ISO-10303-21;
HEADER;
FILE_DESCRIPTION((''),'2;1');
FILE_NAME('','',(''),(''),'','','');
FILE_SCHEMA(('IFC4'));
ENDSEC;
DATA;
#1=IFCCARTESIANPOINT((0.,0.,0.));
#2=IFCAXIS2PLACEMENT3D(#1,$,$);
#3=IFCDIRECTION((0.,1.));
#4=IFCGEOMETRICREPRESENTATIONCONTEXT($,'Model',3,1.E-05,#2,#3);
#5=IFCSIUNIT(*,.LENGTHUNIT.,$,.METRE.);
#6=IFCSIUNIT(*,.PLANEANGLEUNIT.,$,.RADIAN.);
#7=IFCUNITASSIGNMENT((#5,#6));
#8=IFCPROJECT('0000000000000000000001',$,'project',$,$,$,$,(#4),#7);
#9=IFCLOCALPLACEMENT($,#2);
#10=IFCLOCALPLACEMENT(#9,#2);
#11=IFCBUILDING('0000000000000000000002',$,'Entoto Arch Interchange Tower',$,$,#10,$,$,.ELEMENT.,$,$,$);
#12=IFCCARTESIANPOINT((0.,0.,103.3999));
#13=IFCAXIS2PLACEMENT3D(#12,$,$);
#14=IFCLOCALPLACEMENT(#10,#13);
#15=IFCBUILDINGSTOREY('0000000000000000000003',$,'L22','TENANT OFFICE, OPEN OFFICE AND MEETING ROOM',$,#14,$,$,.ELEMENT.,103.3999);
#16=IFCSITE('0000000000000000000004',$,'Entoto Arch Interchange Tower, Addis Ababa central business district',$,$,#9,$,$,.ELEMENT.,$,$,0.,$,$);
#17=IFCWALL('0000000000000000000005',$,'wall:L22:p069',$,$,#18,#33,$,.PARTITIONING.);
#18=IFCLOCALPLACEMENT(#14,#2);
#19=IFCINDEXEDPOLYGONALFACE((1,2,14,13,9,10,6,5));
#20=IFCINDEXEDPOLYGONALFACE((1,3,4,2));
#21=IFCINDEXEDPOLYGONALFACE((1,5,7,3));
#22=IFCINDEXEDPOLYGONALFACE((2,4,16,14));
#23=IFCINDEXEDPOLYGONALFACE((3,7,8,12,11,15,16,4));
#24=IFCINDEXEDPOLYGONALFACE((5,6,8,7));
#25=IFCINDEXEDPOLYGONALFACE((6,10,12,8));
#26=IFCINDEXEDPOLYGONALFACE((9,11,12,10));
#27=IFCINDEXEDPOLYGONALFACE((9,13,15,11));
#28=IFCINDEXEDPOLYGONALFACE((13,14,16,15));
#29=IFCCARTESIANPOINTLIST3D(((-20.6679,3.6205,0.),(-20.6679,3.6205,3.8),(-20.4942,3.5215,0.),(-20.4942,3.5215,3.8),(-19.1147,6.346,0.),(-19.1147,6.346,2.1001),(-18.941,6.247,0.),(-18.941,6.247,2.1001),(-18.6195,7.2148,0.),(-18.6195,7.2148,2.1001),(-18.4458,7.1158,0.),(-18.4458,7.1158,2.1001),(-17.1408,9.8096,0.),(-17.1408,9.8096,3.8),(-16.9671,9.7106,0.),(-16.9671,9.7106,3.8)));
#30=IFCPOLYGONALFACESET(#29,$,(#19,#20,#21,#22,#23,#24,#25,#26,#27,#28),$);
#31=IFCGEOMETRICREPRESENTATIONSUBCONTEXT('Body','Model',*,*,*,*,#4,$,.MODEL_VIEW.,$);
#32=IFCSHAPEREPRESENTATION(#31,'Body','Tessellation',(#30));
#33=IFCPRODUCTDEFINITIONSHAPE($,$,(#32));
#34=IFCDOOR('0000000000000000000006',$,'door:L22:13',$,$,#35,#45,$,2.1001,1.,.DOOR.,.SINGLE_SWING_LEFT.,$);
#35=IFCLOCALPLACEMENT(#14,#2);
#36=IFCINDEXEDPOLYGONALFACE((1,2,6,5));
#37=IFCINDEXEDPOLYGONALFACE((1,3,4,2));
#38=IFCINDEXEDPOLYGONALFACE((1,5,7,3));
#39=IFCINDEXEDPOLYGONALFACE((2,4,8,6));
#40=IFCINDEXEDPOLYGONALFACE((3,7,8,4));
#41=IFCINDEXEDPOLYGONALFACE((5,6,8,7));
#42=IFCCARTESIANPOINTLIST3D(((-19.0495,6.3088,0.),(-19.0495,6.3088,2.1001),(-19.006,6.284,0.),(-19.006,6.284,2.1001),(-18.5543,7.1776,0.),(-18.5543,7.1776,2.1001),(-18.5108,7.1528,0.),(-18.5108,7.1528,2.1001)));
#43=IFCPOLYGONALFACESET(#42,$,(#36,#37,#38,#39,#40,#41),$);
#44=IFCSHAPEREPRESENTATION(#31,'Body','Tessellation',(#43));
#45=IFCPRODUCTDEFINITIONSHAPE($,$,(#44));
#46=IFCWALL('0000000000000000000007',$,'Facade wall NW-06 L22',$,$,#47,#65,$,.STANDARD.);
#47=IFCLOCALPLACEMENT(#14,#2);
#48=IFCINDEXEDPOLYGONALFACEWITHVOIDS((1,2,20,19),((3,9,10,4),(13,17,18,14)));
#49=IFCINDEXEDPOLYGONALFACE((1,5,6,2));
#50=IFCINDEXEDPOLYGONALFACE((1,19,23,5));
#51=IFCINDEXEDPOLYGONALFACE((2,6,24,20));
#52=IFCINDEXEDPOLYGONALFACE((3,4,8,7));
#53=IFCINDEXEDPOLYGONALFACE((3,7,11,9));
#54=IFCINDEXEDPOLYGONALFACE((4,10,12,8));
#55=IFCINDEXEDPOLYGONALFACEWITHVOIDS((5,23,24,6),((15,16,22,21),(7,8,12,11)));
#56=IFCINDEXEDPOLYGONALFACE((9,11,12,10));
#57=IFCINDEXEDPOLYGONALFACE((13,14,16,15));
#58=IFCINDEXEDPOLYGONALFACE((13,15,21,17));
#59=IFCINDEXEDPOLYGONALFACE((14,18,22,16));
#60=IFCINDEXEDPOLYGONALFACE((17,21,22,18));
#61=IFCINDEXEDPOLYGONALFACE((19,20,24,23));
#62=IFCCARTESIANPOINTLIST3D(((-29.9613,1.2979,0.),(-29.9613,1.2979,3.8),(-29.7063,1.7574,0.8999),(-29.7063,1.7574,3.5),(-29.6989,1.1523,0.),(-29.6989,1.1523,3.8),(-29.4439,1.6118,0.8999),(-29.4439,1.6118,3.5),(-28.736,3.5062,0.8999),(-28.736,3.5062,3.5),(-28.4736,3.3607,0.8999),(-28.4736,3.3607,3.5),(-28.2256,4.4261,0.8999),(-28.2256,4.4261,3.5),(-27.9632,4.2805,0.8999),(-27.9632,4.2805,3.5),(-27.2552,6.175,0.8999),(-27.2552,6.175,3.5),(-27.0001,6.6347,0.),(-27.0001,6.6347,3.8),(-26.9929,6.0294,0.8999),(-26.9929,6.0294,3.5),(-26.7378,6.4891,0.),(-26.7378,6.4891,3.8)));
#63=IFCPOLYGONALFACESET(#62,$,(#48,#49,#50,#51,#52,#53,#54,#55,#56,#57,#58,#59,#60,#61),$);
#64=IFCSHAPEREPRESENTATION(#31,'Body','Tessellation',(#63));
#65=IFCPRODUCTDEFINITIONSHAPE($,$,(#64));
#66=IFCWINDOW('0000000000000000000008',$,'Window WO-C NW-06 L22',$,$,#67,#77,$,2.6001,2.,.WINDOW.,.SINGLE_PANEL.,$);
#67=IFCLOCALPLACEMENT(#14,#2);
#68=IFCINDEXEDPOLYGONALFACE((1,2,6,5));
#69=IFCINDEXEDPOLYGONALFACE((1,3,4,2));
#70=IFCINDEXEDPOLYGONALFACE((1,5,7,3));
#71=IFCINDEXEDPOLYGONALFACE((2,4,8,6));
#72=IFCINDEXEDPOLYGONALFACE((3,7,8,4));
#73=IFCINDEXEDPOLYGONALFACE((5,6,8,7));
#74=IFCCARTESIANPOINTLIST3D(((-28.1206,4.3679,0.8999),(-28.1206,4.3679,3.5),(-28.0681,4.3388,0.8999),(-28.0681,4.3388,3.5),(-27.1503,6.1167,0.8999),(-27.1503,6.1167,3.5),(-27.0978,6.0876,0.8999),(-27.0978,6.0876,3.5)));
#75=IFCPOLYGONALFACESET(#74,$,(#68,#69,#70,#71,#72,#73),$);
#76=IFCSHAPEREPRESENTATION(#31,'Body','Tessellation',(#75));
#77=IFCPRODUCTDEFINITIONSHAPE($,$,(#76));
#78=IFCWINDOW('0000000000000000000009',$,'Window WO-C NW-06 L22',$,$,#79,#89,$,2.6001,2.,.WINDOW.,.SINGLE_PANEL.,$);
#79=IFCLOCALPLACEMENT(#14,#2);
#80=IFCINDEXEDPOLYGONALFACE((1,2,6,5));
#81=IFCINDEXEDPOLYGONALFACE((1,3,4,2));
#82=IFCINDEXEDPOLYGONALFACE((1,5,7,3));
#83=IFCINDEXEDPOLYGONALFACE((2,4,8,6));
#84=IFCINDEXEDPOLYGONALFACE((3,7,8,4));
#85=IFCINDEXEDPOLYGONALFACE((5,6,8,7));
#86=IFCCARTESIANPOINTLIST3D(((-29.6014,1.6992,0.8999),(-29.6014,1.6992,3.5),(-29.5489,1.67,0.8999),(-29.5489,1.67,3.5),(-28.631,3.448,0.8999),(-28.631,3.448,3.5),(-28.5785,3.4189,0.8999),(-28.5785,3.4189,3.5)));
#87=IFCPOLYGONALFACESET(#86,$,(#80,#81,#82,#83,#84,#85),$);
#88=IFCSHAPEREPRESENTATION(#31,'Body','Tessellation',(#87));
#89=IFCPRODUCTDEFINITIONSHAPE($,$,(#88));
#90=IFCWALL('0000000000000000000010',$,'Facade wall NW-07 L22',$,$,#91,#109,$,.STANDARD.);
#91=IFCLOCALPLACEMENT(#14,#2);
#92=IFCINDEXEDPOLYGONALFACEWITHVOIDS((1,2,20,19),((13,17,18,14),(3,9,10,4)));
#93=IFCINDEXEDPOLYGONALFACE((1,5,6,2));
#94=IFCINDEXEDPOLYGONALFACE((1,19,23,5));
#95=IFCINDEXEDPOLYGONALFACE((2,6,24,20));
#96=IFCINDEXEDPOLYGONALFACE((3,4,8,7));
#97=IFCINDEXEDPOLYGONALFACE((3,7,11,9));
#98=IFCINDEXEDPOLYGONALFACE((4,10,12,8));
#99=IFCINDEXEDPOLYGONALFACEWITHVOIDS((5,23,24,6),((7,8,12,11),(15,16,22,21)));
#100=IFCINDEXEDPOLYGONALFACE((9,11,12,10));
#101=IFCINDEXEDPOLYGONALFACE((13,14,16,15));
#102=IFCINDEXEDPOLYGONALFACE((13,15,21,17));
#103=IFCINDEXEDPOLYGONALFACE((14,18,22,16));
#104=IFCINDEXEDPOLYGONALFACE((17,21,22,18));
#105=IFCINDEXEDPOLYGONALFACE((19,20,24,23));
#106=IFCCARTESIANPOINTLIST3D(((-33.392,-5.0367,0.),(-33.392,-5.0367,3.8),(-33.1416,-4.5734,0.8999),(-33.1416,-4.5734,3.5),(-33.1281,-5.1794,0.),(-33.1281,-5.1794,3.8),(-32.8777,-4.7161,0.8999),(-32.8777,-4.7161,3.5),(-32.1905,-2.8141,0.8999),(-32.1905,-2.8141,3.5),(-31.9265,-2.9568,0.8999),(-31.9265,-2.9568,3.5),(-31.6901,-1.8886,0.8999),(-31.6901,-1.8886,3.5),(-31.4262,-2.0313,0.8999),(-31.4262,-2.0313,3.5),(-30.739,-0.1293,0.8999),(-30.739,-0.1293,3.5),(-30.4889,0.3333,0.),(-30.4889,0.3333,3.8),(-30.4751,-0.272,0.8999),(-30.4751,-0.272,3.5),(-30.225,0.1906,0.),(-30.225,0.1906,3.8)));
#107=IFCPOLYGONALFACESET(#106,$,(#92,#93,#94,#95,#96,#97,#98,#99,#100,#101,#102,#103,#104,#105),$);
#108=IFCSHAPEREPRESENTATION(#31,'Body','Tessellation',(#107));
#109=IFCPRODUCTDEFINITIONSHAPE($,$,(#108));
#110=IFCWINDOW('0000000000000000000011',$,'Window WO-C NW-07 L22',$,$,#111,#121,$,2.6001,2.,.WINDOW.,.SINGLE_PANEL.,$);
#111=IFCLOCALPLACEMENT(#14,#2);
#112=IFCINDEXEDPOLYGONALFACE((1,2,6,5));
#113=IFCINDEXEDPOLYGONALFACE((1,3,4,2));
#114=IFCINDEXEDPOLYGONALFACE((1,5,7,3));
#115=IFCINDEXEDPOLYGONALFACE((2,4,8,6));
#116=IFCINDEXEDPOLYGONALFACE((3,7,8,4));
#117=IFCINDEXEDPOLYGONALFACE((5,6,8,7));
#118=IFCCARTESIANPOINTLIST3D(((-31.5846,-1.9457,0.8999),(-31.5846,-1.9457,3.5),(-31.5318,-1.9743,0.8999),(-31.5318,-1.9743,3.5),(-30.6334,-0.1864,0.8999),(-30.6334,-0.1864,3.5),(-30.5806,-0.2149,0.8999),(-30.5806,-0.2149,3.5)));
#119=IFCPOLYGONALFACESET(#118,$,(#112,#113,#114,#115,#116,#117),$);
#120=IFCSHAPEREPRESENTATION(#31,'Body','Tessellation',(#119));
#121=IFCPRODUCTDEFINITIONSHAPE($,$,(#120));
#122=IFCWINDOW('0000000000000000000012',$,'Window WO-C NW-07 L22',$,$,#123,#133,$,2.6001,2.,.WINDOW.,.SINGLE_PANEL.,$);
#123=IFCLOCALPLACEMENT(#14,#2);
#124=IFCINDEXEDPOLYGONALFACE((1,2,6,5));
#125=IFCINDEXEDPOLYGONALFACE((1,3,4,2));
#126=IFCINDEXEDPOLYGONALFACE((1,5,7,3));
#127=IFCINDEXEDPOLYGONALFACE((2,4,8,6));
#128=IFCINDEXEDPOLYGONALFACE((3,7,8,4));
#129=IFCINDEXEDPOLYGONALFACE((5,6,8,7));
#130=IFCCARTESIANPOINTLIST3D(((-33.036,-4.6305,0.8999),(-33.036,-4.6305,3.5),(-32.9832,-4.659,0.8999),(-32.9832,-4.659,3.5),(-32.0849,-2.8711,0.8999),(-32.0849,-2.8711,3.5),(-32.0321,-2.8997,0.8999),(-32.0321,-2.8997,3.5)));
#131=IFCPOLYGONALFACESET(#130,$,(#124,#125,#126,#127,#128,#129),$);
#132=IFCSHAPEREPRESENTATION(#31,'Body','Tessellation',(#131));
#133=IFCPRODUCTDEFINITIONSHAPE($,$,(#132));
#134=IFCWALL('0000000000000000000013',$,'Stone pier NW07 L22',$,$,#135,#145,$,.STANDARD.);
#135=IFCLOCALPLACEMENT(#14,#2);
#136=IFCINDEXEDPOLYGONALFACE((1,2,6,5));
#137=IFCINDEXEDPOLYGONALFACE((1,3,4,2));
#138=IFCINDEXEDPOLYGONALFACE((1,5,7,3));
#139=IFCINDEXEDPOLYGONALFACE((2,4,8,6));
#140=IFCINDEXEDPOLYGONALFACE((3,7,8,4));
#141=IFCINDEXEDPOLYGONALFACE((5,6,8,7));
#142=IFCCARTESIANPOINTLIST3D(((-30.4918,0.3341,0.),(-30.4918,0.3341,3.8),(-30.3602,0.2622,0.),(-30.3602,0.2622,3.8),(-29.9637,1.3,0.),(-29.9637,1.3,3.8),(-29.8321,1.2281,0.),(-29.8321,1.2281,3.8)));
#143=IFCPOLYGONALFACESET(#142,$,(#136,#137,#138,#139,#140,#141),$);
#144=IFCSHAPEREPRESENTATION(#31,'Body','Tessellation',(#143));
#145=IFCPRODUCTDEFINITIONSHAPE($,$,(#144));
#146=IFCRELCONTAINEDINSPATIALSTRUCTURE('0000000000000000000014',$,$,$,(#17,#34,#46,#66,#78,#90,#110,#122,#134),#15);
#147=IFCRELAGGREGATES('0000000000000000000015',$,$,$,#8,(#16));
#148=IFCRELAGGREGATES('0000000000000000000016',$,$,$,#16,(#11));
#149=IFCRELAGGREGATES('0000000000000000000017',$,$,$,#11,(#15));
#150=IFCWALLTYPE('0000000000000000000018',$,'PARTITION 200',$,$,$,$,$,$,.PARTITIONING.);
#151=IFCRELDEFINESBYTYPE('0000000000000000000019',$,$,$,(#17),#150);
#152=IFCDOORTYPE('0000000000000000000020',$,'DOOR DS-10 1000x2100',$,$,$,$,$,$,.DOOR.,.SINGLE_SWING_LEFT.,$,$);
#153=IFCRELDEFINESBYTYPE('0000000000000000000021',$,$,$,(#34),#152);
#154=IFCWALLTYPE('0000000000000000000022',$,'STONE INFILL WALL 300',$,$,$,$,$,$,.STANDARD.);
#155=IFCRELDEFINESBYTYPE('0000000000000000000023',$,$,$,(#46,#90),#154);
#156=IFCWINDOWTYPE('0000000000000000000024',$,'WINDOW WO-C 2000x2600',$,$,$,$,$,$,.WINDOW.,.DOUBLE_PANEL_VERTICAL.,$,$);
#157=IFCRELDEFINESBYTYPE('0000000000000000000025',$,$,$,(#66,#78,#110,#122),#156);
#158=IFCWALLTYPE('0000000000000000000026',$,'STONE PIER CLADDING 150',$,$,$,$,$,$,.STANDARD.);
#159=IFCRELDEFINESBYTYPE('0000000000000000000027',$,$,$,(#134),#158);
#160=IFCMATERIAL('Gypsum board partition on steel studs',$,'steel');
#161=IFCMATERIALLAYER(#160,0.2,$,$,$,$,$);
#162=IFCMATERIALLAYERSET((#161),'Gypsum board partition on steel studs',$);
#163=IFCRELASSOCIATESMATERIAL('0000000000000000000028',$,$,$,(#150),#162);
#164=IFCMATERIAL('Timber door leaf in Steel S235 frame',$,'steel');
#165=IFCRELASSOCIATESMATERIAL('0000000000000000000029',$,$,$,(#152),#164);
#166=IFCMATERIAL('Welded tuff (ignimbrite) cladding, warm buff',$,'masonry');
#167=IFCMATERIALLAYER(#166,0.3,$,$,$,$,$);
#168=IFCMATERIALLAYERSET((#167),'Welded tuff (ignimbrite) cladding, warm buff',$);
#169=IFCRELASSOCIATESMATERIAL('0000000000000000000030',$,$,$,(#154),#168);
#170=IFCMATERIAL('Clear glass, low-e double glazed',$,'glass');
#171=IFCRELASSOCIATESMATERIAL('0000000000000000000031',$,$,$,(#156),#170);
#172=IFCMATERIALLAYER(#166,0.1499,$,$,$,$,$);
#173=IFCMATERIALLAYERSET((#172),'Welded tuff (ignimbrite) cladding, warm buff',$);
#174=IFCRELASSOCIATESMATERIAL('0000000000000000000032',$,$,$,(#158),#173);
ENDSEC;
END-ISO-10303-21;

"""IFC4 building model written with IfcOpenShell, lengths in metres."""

from ifc_helpers import new_model, si_unit, direction, frame, frame_2d, origin, place, context, subcontext, project, spatial, rectangle, extrude, material, layer, layer_set, type_object, element, fill, save


model = new_model("IFC4")

# Units and contexts
model_context = context("Model", 3, precision=1e-05, world=origin(), true_north=direction((0.0, 1.0)))
body_context = subcontext(model_context, "Body", "Model", "MODEL_VIEW")
ifc_project = project(units=[si_unit("LENGTHUNIT", "METRE"), si_unit("PLANEANGLEUNIT", "RADIAN")], contexts=[model_context])

# Site, building, storey
site_placement = place(None, origin())
site = spatial("IfcSite", under=ifc_project, at=site_placement, Name="Entoto Arch Interchange Tower, Addis Ababa central business district", CompositionType="ELEMENT", RefElevation=0.0)
building_placement = place(site_placement, origin())
building = spatial("IfcBuilding", under=site, at=building_placement, Name="Entoto Arch Interchange Tower", CompositionType="ELEMENT")
storey_placement = place(building_placement, frame((0.0, 0.0, 103.3999)))
storey = spatial("IfcBuildingStorey", under=building, at=storey_placement, Name="L22", Description="TENANT OFFICE, OPEN OFFICE AND MEETING ROOM", CompositionType="ELEMENT", Elevation=103.3999)

# Shared definitions
ifc_material_1 = material(Name="Gypsum board partition on steel studs", Category="steel")
ifc_layer_1 = layer(ifc_material_1, 0.2)
ifc_layer_set_1 = layer_set([ifc_layer_1], Name="Gypsum board partition on steel studs")
wall_type_1 = type_object("IfcWallType", Name="PARTITION 200", PredefinedType="PARTITIONING", material=ifc_layer_set_1)

# Shared definitions
ifc_material_2 = material(Name="Timber door leaf in Steel S235 frame", Category="steel")
door_type = type_object("IfcDoorType", Name="DOOR DS-10 1000x2100", OperationType="SINGLE_SWING_LEFT", PredefinedType="DOOR", material=ifc_material_2)

# Wall, opening, door
wall_1_placement = place(storey_placement, frame((-20.5811, 3.571, 0.0), z_axis=(0.0, 0.0, 1.0), x_axis=(0.495138, 0.868814, 0.0)))
wall_1 = element("IfcWall", 1, at=wall_1_placement, inside=storey, type_object=wall_type_1, Name="wall:L22:p069", PredefinedType="PARTITIONING", context=body_context, shape_type="SweptSolid", body=[
    extrude(rectangle(XDim=7.1235, YDim=0.2, at=frame_2d((3.5618, 0.0))), origin(), (0.0, 0.0, 1.0), 3.8),
])
opening_1_placement = place(wall_1_placement, frame((3.137, 0.0, 0.0)))
opening_1 = element("IfcOpeningElement", 2, at=opening_1_placement, cuts=wall_1, PredefinedType="OPENING", context=body_context, shape_type="SweptSolid", body=[
    extrude(rectangle(XDim=1.0, YDim=2.1001, at=frame_2d((0.5, 1.05))), frame((0.0, 0.1099, 0.0), z_axis=(0.0, -1.0, 0.0), x_axis=(1.0, 0.0, 0.0)), (0.0, 0.0, 1.0), 0.22),
])
door_1_placement = place(opening_1_placement, origin())
door_1 = element("IfcDoor", 3, at=door_1_placement, inside=storey, type_object=door_type, Name="door:L22:13", OperationType="SINGLE_SWING_LEFT", OverallHeight=2.1001, OverallWidth=1.0, PredefinedType="DOOR", context=body_context, shape_type="SweptSolid", body=[
    extrude(rectangle(XDim=1.0, YDim=2.1001, at=frame_2d((0.5, 1.05))), frame((0.0, 0.0249, 0.0), z_axis=(0.0, -1.0, 0.0), x_axis=(1.0, 0.0, 0.0)), (0.0, 0.0, 1.0), 0.05),
])
fill(opening_1, door_1)

# Walls, openings, windows
ifc_material_3 = material(Name="Welded tuff (ignimbrite) cladding, warm buff", Category="masonry")
ifc_layer_2 = layer(ifc_material_3, 0.3)
ifc_layer_set_2 = layer_set([ifc_layer_2], Name="Welded tuff (ignimbrite) cladding, warm buff")
wall_type_2 = type_object("IfcWallType", Name="STONE INFILL WALL 300", PredefinedType="STANDARD", material=ifc_layer_set_2)
wall_2_placement = place(storey_placement, frame((-26.8689, 6.562, 0.0), z_axis=(0.0, 0.0, 1.0), x_axis=(-0.485171, -0.874419, 0.0)))
wall_2 = element("IfcWall", 4, at=wall_2_placement, inside=storey, type_object=wall_type_2, Name="Facade wall NW-06 L22", PredefinedType="STANDARD", context=body_context, shape_type="SweptSolid", body=[
    extrude(rectangle(XDim=6.1033, YDim=0.3, at=frame_2d((3.0518, 0.0))), origin(), (0.0, 0.0, 1.0), 3.8),
])
opening_2_placement = place(wall_2_placement, frame((0.5259, 0.0, 0.8999)))
opening_2 = element("IfcOpeningElement", 5, at=opening_2_placement, cuts=wall_2, PredefinedType="OPENING", context=body_context, shape_type="SweptSolid", body=[
    extrude(rectangle(XDim=2.0, YDim=2.6001, at=frame_2d((1.0, 1.3))), frame((0.0, 0.1602, 0.0), z_axis=(0.0, -1.0, 0.0), x_axis=(1.0, 0.0, 0.0)), (0.0, 0.0, 1.0), 0.3201),
])
opening_3_placement = place(wall_2_placement, frame((3.5779, 0.0, 0.8999)))
opening_3 = element("IfcOpeningElement", 6, at=opening_3_placement, cuts=wall_2, PredefinedType="OPENING", context=body_context, shape_type="SweptSolid", body=[
    extrude(rectangle(XDim=2.0, YDim=2.6001, at=frame_2d((1.0, 1.3))), frame((0.0, 0.1602, 0.0), z_axis=(0.0, -1.0, 0.0), x_axis=(1.0, 0.0, 0.0)), (0.0, 0.0, 1.0), 0.3201),
])
ifc_material_4 = material(Name="Clear glass, low-e double glazed", Category="glass")
window_type = type_object("IfcWindowType", Name="WINDOW WO-C 2000x2600", PartitioningType="DOUBLE_PANEL_VERTICAL", PredefinedType="WINDOW", material=ifc_material_4)
window_1_placement = place(opening_2_placement, origin())
window_1 = element("IfcWindow", 7, at=window_1_placement, inside=storey, type_object=window_type, Name="Window WO-C NW-06 L22", OverallHeight=2.6001, OverallWidth=2.0, PartitioningType="SINGLE_PANEL", PredefinedType="WINDOW", context=body_context, shape_type="SweptSolid", body=[
    extrude(rectangle(XDim=2.0, YDim=2.6001, at=frame_2d((1.0, 1.3))), frame((0.0, 0.03, 0.0), z_axis=(0.0, -1.0, 0.0), x_axis=(1.0, 0.0, 0.0)), (0.0, 0.0, 1.0), 0.0601),
])
fill(opening_2, window_1)
window_2_placement = place(opening_3_placement, origin())
window_2 = element("IfcWindow", 8, at=window_2_placement, inside=storey, type_object=window_type, Name="Window WO-C NW-06 L22", OverallHeight=2.6001, OverallWidth=2.0, PartitioningType="SINGLE_PANEL", PredefinedType="WINDOW", context=body_context, shape_type="SweptSolid", body=[
    extrude(rectangle(XDim=2.0, YDim=2.6001, at=frame_2d((1.0, 1.3))), frame((0.0, 0.03, 0.0), z_axis=(0.0, -1.0, 0.0), x_axis=(1.0, 0.0, 0.0)), (0.0, 0.0, 1.0), 0.0601),
])
fill(opening_3, window_2)
wall_3_placement = place(storey_placement, frame((-30.3569, 0.262, 0.0), z_axis=(0.0, 0.0, 1.0), x_axis=(-0.475573, -0.879676, 0.0)))
wall_3 = element("IfcWall", 9, at=wall_3_placement, inside=storey, type_object=wall_type_2, Name="Facade wall NW-07 L22", PredefinedType="STANDARD", context=body_context, shape_type="SweptSolid", body=[
    extrude(rectangle(XDim=6.1045, YDim=0.3, at=frame_2d((3.0522, 0.0))), origin(), (0.0, 0.0, 1.0), 3.8),
])
opening_4_placement = place(wall_3_placement, frame((0.5259, 0.0, 0.8999)))
opening_4 = element("IfcOpeningElement", 10, at=opening_4_placement, cuts=wall_3, PredefinedType="OPENING", context=body_context, shape_type="SweptSolid", body=[
    extrude(rectangle(XDim=2.0, YDim=2.6001, at=frame_2d((1.0, 1.3))), frame((0.0, 0.1602, 0.0), z_axis=(0.0, -1.0, 0.0), x_axis=(1.0, 0.0, 0.0)), (0.0, 0.0, 1.0), 0.3201),
])
opening_5_placement = place(wall_3_placement, frame((3.5779, 0.0, 0.8999)))
opening_5 = element("IfcOpeningElement", 11, at=opening_5_placement, cuts=wall_3, PredefinedType="OPENING", context=body_context, shape_type="SweptSolid", body=[
    extrude(rectangle(XDim=2.0, YDim=2.6001, at=frame_2d((1.0, 1.3))), frame((0.0, 0.1602, 0.0), z_axis=(0.0, -1.0, 0.0), x_axis=(1.0, 0.0, 0.0)), (0.0, 0.0, 1.0), 0.3201),
])
window_3_placement = place(opening_4_placement, origin())
window_3 = element("IfcWindow", 12, at=window_3_placement, inside=storey, type_object=window_type, Name="Window WO-C NW-07 L22", OverallHeight=2.6001, OverallWidth=2.0, PartitioningType="SINGLE_PANEL", PredefinedType="WINDOW", context=body_context, shape_type="SweptSolid", body=[
    extrude(rectangle(XDim=2.0, YDim=2.6001, at=frame_2d((1.0, 1.3))), frame((0.0, 0.03, 0.0), z_axis=(0.0, -1.0, 0.0), x_axis=(1.0, 0.0, 0.0)), (0.0, 0.0, 1.0), 0.0601),
])
fill(opening_4, window_3)
window_4_placement = place(opening_5_placement, origin())
window_4 = element("IfcWindow", 13, at=window_4_placement, inside=storey, type_object=window_type, Name="Window WO-C NW-07 L22", OverallHeight=2.6001, OverallWidth=2.0, PartitioningType="SINGLE_PANEL", PredefinedType="WINDOW", context=body_context, shape_type="SweptSolid", body=[
    extrude(rectangle(XDim=2.0, YDim=2.6001, at=frame_2d((1.0, 1.3))), frame((0.0, 0.03, 0.0), z_axis=(0.0, -1.0, 0.0), x_axis=(1.0, 0.0, 0.0)), (0.0, 0.0, 1.0), 0.0601),
])
fill(opening_5, window_4)

# Wall
ifc_layer_3 = layer(ifc_material_3, 0.1499)
ifc_layer_set_3 = layer_set([ifc_layer_3], Name="Welded tuff (ignimbrite) cladding, warm buff")
wall_type_3 = type_object("IfcWallType", Name="STONE PIER CLADDING 150", PredefinedType="STANDARD", material=ifc_layer_set_3)
wall_4_placement = place(storey_placement, frame((-29.8979, 1.2639, 0.0), z_axis=(0.0, 0.0, 1.0), x_axis=(-0.479738, -0.877412, 0.0)))
element("IfcWall", 14, at=wall_4_placement, inside=storey, type_object=wall_type_3, Name="Stone pier NW07 L22", PredefinedType="STANDARD", context=body_context, shape_type="SweptSolid", body=[
    extrude(rectangle(XDim=1.1008, YDim=0.1499, at=frame_2d((0.5503, 0.0))), origin(), (0.0, 0.0, 1.0), 3.8),
])

save(model, "model.ifc")
